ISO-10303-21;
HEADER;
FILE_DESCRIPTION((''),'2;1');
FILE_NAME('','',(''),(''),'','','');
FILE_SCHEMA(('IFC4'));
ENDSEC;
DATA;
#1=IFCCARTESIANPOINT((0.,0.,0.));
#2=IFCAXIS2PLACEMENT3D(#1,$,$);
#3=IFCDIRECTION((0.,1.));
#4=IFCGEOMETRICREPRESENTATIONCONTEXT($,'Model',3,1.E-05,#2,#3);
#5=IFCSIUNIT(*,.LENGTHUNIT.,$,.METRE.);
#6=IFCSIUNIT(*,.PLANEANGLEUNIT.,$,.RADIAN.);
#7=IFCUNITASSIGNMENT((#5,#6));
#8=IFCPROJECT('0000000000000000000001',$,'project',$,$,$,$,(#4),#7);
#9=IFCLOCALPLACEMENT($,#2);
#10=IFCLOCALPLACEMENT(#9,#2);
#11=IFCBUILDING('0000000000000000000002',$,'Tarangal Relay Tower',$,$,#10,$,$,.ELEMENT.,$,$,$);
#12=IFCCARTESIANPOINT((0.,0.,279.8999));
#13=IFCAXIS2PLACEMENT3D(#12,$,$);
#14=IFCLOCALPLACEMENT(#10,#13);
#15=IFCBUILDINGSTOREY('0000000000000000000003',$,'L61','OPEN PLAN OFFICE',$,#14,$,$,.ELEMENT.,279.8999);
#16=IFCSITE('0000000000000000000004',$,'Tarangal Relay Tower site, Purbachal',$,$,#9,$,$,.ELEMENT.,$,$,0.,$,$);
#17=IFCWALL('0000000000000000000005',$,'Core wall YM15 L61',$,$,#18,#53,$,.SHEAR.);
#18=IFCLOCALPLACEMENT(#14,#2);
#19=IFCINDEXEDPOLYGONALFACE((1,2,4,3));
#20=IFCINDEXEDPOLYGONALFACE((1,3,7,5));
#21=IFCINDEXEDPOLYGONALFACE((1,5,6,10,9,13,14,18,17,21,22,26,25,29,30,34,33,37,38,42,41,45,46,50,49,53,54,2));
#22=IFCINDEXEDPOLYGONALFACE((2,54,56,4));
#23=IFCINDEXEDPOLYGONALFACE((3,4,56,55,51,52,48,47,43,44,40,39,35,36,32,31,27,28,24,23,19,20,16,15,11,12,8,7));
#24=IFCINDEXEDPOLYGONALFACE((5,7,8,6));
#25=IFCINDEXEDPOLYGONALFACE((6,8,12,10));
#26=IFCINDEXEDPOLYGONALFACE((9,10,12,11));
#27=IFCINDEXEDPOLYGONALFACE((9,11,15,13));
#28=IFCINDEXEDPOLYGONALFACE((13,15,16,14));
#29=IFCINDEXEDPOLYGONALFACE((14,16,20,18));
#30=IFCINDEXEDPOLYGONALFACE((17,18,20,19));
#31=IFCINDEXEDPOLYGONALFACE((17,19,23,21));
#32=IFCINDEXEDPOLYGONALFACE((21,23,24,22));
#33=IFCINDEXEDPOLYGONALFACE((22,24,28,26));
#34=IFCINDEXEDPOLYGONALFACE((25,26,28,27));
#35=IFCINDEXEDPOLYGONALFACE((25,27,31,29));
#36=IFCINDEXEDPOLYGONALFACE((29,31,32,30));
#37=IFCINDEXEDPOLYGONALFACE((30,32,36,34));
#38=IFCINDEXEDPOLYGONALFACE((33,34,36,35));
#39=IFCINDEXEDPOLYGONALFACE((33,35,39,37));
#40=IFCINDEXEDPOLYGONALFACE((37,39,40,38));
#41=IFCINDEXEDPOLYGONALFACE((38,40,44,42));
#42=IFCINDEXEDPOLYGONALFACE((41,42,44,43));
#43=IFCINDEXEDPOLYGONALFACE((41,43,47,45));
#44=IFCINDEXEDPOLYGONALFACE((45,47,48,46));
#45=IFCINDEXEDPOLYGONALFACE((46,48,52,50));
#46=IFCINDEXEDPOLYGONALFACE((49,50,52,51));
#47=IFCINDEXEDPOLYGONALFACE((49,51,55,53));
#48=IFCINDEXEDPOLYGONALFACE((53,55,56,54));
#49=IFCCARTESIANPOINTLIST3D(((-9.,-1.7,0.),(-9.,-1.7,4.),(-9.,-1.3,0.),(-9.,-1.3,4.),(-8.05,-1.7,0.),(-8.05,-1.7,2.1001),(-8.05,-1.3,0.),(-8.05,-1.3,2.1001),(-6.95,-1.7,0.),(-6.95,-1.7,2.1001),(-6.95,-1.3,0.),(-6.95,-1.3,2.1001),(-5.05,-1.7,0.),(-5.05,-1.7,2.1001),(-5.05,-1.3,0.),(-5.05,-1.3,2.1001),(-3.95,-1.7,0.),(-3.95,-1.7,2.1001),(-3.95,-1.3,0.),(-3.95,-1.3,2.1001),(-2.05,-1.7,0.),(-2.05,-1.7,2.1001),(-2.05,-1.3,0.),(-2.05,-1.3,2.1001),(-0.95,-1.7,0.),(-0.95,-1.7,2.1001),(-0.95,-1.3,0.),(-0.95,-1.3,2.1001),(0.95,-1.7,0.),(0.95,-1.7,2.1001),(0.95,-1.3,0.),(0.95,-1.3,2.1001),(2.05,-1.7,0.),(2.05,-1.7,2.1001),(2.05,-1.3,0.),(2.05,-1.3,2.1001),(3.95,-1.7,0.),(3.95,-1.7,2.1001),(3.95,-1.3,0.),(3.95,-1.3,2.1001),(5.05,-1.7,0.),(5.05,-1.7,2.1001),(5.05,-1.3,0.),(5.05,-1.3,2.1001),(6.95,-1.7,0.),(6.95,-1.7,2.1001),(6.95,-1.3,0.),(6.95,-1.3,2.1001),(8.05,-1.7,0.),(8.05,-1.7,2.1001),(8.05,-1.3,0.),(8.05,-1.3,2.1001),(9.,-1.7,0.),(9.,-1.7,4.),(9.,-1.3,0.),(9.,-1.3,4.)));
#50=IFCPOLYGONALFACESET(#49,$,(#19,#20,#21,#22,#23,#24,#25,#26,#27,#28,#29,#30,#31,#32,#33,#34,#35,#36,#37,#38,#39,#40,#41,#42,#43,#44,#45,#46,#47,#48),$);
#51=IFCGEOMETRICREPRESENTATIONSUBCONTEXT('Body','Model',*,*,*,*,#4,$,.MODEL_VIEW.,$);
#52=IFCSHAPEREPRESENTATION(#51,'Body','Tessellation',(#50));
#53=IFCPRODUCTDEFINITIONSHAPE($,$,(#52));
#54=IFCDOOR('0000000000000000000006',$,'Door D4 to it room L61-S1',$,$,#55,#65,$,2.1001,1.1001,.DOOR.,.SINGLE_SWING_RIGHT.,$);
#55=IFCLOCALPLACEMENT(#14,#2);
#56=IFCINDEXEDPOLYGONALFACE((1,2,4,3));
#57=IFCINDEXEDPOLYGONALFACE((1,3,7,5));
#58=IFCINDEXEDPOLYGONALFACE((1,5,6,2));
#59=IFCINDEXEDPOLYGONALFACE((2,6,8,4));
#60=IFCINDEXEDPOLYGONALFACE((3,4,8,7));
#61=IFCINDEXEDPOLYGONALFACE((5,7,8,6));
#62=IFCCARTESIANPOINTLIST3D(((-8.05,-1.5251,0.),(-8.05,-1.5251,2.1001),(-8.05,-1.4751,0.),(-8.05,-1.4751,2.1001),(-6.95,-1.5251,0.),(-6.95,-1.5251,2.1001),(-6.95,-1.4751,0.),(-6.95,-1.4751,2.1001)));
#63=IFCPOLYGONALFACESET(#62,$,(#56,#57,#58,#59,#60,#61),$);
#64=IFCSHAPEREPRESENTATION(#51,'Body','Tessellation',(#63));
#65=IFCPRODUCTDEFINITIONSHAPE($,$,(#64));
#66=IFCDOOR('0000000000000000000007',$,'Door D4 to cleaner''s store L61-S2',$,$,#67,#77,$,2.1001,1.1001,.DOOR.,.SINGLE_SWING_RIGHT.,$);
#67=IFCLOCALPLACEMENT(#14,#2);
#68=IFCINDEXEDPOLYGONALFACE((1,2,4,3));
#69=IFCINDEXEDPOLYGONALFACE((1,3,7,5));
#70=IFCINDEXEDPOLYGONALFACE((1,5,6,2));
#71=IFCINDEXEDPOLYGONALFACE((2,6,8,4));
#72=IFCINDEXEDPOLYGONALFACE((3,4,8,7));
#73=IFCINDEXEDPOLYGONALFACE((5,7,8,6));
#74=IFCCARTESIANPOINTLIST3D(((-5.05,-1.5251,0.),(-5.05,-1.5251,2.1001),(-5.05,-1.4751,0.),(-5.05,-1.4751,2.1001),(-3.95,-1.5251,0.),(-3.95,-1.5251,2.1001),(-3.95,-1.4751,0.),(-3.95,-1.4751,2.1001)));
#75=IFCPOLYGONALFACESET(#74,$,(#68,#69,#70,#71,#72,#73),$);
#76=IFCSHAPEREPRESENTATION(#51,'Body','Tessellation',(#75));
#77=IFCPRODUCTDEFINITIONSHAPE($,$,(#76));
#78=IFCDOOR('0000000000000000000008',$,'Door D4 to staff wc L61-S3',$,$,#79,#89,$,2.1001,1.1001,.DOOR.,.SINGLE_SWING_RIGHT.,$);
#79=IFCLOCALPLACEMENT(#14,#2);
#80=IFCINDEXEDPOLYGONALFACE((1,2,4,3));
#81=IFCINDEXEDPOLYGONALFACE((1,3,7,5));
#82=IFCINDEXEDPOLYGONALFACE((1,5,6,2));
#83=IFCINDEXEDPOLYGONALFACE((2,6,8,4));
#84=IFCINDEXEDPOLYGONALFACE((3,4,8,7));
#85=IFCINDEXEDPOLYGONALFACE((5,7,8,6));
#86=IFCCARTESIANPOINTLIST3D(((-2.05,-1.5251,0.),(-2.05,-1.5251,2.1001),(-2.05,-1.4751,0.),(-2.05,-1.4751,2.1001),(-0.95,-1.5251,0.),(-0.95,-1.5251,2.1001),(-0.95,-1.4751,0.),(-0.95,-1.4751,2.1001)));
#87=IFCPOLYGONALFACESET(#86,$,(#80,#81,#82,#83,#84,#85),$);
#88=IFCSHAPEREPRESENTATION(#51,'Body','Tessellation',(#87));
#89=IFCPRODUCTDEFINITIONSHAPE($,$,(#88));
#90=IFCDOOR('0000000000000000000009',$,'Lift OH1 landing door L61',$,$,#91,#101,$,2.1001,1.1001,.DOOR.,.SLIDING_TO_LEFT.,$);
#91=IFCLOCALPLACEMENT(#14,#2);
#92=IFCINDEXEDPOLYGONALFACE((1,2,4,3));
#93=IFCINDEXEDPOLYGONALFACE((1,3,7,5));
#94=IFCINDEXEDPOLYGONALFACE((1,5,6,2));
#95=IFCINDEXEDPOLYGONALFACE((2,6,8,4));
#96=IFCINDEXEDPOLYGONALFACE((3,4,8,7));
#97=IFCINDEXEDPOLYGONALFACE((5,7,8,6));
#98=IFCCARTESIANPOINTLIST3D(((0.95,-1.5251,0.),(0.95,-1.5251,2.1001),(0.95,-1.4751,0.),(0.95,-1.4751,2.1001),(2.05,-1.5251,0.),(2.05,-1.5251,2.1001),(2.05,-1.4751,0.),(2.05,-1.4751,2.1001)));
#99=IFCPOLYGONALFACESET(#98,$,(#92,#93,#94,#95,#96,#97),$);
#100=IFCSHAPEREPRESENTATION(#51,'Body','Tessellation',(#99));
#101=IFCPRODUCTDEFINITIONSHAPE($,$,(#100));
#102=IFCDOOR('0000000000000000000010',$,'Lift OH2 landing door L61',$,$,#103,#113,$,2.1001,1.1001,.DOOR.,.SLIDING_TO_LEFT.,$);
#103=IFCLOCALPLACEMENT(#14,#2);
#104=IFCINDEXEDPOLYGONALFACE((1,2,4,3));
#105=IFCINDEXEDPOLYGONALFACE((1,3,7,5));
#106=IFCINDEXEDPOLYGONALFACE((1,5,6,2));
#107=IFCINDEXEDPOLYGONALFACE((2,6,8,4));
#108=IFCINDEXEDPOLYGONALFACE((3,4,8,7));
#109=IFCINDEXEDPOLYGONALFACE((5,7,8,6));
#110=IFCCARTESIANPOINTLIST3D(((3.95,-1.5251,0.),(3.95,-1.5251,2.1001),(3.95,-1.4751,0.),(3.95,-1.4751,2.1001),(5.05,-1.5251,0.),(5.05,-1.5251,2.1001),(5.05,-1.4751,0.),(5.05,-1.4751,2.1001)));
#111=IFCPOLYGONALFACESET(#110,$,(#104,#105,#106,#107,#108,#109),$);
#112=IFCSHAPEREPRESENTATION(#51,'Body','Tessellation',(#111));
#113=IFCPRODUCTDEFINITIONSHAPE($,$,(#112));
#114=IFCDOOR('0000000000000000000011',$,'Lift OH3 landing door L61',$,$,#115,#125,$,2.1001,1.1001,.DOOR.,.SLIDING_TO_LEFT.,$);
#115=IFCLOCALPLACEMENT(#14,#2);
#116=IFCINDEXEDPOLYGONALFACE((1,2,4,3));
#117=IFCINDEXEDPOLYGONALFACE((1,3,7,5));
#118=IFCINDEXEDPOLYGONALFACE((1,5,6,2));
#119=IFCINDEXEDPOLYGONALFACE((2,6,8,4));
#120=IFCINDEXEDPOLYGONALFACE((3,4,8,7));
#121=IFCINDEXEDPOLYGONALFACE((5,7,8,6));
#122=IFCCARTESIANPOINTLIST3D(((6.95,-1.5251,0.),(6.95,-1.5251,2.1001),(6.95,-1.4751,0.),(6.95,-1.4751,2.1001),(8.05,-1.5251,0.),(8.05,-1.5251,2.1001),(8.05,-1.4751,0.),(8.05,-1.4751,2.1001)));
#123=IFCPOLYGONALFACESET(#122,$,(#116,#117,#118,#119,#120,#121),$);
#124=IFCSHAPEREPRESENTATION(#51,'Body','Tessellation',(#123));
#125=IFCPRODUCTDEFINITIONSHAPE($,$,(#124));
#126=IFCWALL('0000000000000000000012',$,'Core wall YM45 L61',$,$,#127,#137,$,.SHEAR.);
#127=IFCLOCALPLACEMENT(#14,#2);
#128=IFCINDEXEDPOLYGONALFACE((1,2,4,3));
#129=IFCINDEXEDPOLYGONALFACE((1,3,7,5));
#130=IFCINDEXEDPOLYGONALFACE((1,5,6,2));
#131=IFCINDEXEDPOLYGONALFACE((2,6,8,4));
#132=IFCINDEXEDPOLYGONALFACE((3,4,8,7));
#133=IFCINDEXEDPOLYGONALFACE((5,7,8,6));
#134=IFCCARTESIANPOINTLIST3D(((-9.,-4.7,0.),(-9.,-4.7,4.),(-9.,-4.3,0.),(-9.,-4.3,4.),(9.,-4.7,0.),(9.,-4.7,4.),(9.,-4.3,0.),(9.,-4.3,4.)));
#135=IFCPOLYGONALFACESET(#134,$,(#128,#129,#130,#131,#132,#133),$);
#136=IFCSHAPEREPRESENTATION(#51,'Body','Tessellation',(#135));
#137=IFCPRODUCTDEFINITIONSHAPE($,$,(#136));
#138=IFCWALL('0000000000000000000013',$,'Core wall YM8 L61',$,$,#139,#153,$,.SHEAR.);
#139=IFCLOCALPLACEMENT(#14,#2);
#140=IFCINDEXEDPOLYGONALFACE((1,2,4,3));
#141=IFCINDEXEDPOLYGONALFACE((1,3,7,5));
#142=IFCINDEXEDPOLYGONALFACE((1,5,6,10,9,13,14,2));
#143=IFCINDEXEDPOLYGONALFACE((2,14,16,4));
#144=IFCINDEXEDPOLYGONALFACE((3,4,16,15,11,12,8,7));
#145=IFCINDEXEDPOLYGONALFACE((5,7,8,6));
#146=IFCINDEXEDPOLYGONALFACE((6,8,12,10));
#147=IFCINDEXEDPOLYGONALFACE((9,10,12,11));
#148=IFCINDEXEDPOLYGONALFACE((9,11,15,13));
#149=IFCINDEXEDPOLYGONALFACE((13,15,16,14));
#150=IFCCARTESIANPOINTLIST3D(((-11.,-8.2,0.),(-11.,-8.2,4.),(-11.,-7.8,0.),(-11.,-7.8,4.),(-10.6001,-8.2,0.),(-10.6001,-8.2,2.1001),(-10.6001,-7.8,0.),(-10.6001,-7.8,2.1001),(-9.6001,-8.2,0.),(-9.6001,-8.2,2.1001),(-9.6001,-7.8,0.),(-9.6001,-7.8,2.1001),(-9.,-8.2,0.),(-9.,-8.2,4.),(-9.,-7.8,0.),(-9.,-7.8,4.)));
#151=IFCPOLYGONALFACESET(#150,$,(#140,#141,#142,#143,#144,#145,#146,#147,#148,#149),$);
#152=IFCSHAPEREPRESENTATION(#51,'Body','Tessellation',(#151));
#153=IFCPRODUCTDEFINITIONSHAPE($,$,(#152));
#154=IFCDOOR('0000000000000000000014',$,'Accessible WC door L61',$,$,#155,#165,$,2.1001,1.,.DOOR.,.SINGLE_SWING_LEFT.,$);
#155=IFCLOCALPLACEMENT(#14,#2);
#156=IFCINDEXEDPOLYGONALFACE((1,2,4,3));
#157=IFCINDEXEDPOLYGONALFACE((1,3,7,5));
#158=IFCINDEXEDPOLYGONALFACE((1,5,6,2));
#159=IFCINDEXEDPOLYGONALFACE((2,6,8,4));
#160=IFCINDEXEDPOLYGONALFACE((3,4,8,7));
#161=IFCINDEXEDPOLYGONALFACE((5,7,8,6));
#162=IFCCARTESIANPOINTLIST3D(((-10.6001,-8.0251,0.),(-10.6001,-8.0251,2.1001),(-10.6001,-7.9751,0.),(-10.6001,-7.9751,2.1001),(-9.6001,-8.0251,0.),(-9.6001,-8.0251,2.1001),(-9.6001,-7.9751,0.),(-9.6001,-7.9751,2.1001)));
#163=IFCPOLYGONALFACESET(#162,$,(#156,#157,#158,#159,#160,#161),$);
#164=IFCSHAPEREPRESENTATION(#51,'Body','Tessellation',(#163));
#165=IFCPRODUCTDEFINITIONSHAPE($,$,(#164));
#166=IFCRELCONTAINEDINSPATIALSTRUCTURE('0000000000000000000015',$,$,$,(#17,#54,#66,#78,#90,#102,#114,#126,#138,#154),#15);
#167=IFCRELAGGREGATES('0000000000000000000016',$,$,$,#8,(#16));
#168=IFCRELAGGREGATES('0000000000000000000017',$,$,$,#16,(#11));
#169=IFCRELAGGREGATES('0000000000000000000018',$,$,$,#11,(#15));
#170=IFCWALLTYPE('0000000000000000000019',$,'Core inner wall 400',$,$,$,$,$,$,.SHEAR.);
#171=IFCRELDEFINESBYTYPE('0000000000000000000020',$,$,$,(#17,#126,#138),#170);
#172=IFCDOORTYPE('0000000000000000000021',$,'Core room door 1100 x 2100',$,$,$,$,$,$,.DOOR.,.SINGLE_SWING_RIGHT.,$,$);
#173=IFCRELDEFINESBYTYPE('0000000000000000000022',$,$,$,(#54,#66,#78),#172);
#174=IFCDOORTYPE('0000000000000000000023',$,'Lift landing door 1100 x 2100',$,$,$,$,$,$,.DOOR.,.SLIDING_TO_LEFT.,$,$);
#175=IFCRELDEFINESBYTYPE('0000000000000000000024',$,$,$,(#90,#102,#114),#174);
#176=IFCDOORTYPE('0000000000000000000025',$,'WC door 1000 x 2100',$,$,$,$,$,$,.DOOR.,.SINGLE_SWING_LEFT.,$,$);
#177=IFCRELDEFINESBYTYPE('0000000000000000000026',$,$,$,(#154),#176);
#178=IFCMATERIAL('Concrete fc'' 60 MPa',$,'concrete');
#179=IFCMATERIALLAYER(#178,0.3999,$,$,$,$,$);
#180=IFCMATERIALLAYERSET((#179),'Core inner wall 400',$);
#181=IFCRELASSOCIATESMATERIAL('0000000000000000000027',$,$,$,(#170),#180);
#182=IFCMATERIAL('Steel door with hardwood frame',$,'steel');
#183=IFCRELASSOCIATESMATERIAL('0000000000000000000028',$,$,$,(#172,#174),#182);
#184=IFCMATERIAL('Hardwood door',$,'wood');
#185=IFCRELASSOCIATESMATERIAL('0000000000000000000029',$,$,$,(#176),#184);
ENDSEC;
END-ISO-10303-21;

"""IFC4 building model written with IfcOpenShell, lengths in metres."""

from ifc_helpers import new_model, si_unit, direction, frame, frame_2d, origin, place, context, subcontext, project, spatial, rectangle, extrude, material, layer, layer_set, type_object, element, fill, save


model = new_model("IFC4")

# Units and contexts
model_context = context("Model", 3, precision=1e-05, world=origin(), true_north=direction((0.0, 1.0)))
body_context = subcontext(model_context, "Body", "Model", "MODEL_VIEW")
ifc_project = project(units=[si_unit("LENGTHUNIT", "METRE"), si_unit("PLANEANGLEUNIT", "RADIAN")], contexts=[model_context])

# Site, building, storey
site_placement = place(None, origin())
site = spatial("IfcSite", under=ifc_project, at=site_placement, Name="Tarangal Relay Tower site, Purbachal", CompositionType="ELEMENT", RefElevation=0.0)
building_placement = place(site_placement, origin())
building = spatial("IfcBuilding", under=site, at=building_placement, Name="Tarangal Relay Tower", CompositionType="ELEMENT")
storey_placement = place(building_placement, frame((0.0, 0.0, 279.8999)))
storey = spatial("IfcBuildingStorey", under=building, at=storey_placement, Name="L61", Description="OPEN PLAN OFFICE", CompositionType="ELEMENT", Elevation=279.8999)

# Wall, openings, doors
ifc_material_1 = material(Name="Concrete fc' 60 MPa", Category="concrete")
ifc_layer_1 = layer(ifc_material_1, 0.3999)
ifc_layer_set_1 = layer_set([ifc_layer_1], Name="Core inner wall 400")
wall_type_1 = type_object("IfcWallType", Name="Core inner wall 400", PredefinedType="SHEAR", material=ifc_layer_set_1)
wall_1_placement = place(storey_placement, frame((-9.0, -1.5, 0.0), z_axis=(0.0, 0.0, 1.0), x_axis=(1.0, 0.0, 0.0)))
wall_1 = element("IfcWall", 1, at=wall_1_placement, inside=storey, type_object=wall_type_1, Name="Core wall YM15 L61", PredefinedType="SHEAR", context=body_context, shape_type="SweptSolid", body=[
    extrude(rectangle(XDim=18.0, YDim=0.3999, at=frame_2d((9.0, 0.0))), origin(), (0.0, 0.0, 1.0), 4.0),
])
opening_1_placement = place(wall_1_placement, frame((9.95, 0.0, 0.0)))
opening_1 = element("IfcOpeningElement", 2, at=opening_1_placement, cuts=wall_1, PredefinedType="OPENING", context=body_context, shape_type="SweptSolid", body=[
    extrude(rectangle(XDim=1.1001, YDim=2.1001, at=frame_2d((0.55, 1.05))), frame((0.0, 0.21, 0.0), z_axis=(0.0, -1.0, 0.0), x_axis=(1.0, 0.0, 0.0)), (0.0, 0.0, 1.0), 0.4199),
])
opening_2_placement = place(wall_1_placement, frame((12.95, 0.0, 0.0)))
opening_2 = element("IfcOpeningElement", 3, at=opening_2_placement, cuts=wall_1, PredefinedType="OPENING", context=body_context, shape_type="SweptSolid", body=[
    extrude(rectangle(XDim=1.1001, YDim=2.1001, at=frame_2d((0.55, 1.05))), frame((0.0, 0.21, 0.0), z_axis=(0.0, -1.0, 0.0), x_axis=(1.0, 0.0, 0.0)), (0.0, 0.0, 1.0), 0.4199),
])
opening_3_placement = place(wall_1_placement, frame((15.95, 0.0, 0.0)))
opening_3 = element("IfcOpeningElement", 4, at=opening_3_placement, cuts=wall_1, PredefinedType="OPENING", context=body_context, shape_type="SweptSolid", body=[
    extrude(rectangle(XDim=1.1001, YDim=2.1001, at=frame_2d((0.55, 1.05))), frame((0.0, 0.21, 0.0), z_axis=(0.0, -1.0, 0.0), x_axis=(1.0, 0.0, 0.0)), (0.0, 0.0, 1.0), 0.4199),
])
opening_4_placement = place(wall_1_placement, frame((0.95, 0.0, 0.0)))
opening_4 = element("IfcOpeningElement", 5, at=opening_4_placement, cuts=wall_1, PredefinedType="OPENING", context=body_context, shape_type="SweptSolid", body=[
    extrude(rectangle(XDim=1.1001, YDim=2.1001, at=frame_2d((0.55, 1.05))), frame((0.0, 0.21, 0.0), z_axis=(0.0, -1.0, 0.0), x_axis=(1.0, 0.0, 0.0)), (0.0, 0.0, 1.0), 0.4199),
])
opening_5_placement = place(wall_1_placement, frame((3.95, 0.0, 0.0)))
opening_5 = element("IfcOpeningElement", 6, at=opening_5_placement, cuts=wall_1, PredefinedType="OPENING", context=body_context, shape_type="SweptSolid", body=[
    extrude(rectangle(XDim=1.1001, YDim=2.1001, at=frame_2d((0.55, 1.05))), frame((0.0, 0.21, 0.0), z_axis=(0.0, -1.0, 0.0), x_axis=(1.0, 0.0, 0.0)), (0.0, 0.0, 1.0), 0.4199),
])
opening_6_placement = place(wall_1_placement, frame((6.95, 0.0, 0.0)))
opening_6 = element("IfcOpeningElement", 7, at=opening_6_placement, cuts=wall_1, PredefinedType="OPENING", context=body_context, shape_type="SweptSolid", body=[
    extrude(rectangle(XDim=1.1001, YDim=2.1001, at=frame_2d((0.55, 1.05))), frame((0.0, 0.21, 0.0), z_axis=(0.0, -1.0, 0.0), x_axis=(1.0, 0.0, 0.0)), (0.0, 0.0, 1.0), 0.4199),
])
ifc_material_2 = material(Name="Steel door with hardwood frame", Category="steel")
door_type_1 = type_object("IfcDoorType", Name="Core room door 1100 x 2100", OperationType="SINGLE_SWING_RIGHT", PredefinedType="DOOR", material=ifc_material_2)
door_1_placement = place(opening_4_placement, origin())
door_1 = element("IfcDoor", 8, at=door_1_placement, inside=storey, type_object=door_type_1, Name="Door D4 to it room L61-S1", OperationType="SINGLE_SWING_RIGHT", OverallHeight=2.1001, OverallWidth=1.1001, PredefinedType="DOOR", context=body_context, shape_type="SweptSolid", body=[
    extrude(rectangle(XDim=1.1001, YDim=2.1001, at=frame_2d((0.55, 1.05))), frame((0.0, 0.0249, 0.0), z_axis=(0.0, -1.0, 0.0), x_axis=(1.0, 0.0, 0.0)), (0.0, 0.0, 1.0), 0.05),
])
fill(opening_4, door_1)
door_2_placement = place(opening_5_placement, origin())
door_2 = element("IfcDoor", 9, at=door_2_placement, inside=storey, type_object=door_type_1, Name="Door D4 to cleaner's store L61-S2", OperationType="SINGLE_SWING_RIGHT", OverallHeight=2.1001, OverallWidth=1.1001, PredefinedType="DOOR", context=body_context, shape_type="SweptSolid", body=[
    extrude(rectangle(XDim=1.1001, YDim=2.1001, at=frame_2d((0.55, 1.05))), frame((0.0, 0.0249, 0.0), z_axis=(0.0, -1.0, 0.0), x_axis=(1.0, 0.0, 0.0)), (0.0, 0.0, 1.0), 0.05),
])
fill(opening_5, door_2)
door_3_placement = place(opening_6_placement, origin())
door_3 = element("IfcDoor", 10, at=door_3_placement, inside=storey, type_object=door_type_1, Name="Door D4 to staff wc L61-S3", OperationType="SINGLE_SWING_RIGHT", OverallHeight=2.1001, OverallWidth=1.1001, PredefinedType="DOOR", context=body_context, shape_type="SweptSolid", body=[
    extrude(rectangle(XDim=1.1001, YDim=2.1001, at=frame_2d((0.55, 1.05))), frame((0.0, 0.0249, 0.0), z_axis=(0.0, -1.0, 0.0), x_axis=(1.0, 0.0, 0.0)), (0.0, 0.0, 1.0), 0.05),
])
fill(opening_6, door_3)
door_type_2 = type_object("IfcDoorType", Name="Lift landing door 1100 x 2100", OperationType="SLIDING_TO_LEFT", PredefinedType="DOOR", material=ifc_material_2)
door_4_placement = place(opening_1_placement, origin())
door_4 = element("IfcDoor", 11, at=door_4_placement, inside=storey, type_object=door_type_2, Name="Lift OH1 landing door L61", OperationType="SLIDING_TO_LEFT", OverallHeight=2.1001, OverallWidth=1.1001, PredefinedType="DOOR", context=body_context, shape_type="SweptSolid", body=[
    extrude(rectangle(XDim=1.1001, YDim=2.1001, at=frame_2d((0.55, 1.05))), frame((0.0, 0.0249, 0.0), z_axis=(0.0, -1.0, 0.0), x_axis=(1.0, 0.0, 0.0)), (0.0, 0.0, 1.0), 0.05),
])
fill(opening_1, door_4)
door_5_placement = place(opening_2_placement, origin())
door_5 = element("IfcDoor", 12, at=door_5_placement, inside=storey, type_object=door_type_2, Name="Lift OH2 landing door L61", OperationType="SLIDING_TO_LEFT", OverallHeight=2.1001, OverallWidth=1.1001, PredefinedType="DOOR", context=body_context, shape_type="SweptSolid", body=[
    extrude(rectangle(XDim=1.1001, YDim=2.1001, at=frame_2d((0.55, 1.05))), frame((0.0, 0.0249, 0.0), z_axis=(0.0, -1.0, 0.0), x_axis=(1.0, 0.0, 0.0)), (0.0, 0.0, 1.0), 0.05),
])
fill(opening_2, door_5)
door_6_placement = place(opening_3_placement, origin())
door_6 = element("IfcDoor", 13, at=door_6_placement, inside=storey, type_object=door_type_2, Name="Lift OH3 landing door L61", OperationType="SLIDING_TO_LEFT", OverallHeight=2.1001, OverallWidth=1.1001, PredefinedType="DOOR", context=body_context, shape_type="SweptSolid", body=[
    extrude(rectangle(XDim=1.1001, YDim=2.1001, at=frame_2d((0.55, 1.05))), frame((0.0, 0.0249, 0.0), z_axis=(0.0, -1.0, 0.0), x_axis=(1.0, 0.0, 0.0)), (0.0, 0.0, 1.0), 0.05),
])
fill(opening_3, door_6)

# Wall
wall_2_placement = place(storey_placement, frame((-9.0, -4.5, 0.0), z_axis=(0.0, 0.0, 1.0), x_axis=(1.0, 0.0, 0.0)))
element("IfcWall", 14, at=wall_2_placement, inside=storey, type_object=wall_type_1, Name="Core wall YM45 L61", PredefinedType="SHEAR", context=body_context, shape_type="SweptSolid", body=[
    extrude(rectangle(XDim=18.0, YDim=0.3999, at=frame_2d((9.0, 0.0))), origin(), (0.0, 0.0, 1.0), 4.0),
])

# Wall, opening, door
wall_3_placement = place(storey_placement, frame((-11.0, -8.0, 0.0), z_axis=(0.0, 0.0, 1.0), x_axis=(1.0, 0.0, 0.0)))
wall_3 = element("IfcWall", 15, at=wall_3_placement, inside=storey, type_object=wall_type_1, Name="Core wall YM8 L61", PredefinedType="SHEAR", context=body_context, shape_type="SweptSolid", body=[
    extrude(rectangle(XDim=2.0, YDim=0.3999, at=frame_2d((1.0, 0.0))), origin(), (0.0, 0.0, 1.0), 4.0),
])
opening_7_placement = place(wall_3_placement, frame((0.3999, 0.0, 0.0)))
opening_7 = element("IfcOpeningElement", 16, at=opening_7_placement, cuts=wall_3, PredefinedType="OPENING", context=body_context, shape_type="SweptSolid", body=[
    extrude(rectangle(XDim=1.0, YDim=2.1001, at=frame_2d((0.5, 1.05))), frame((0.0, 0.21, 0.0), z_axis=(0.0, -1.0, 0.0), x_axis=(1.0, 0.0, 0.0)), (0.0, 0.0, 1.0), 0.4199),
])
ifc_material_3 = material(Name="Hardwood door", Category="wood")
door_type_3 = type_object("IfcDoorType", Name="WC door 1000 x 2100", OperationType="SINGLE_SWING_LEFT", PredefinedType="DOOR", material=ifc_material_3)
door_7_placement = place(opening_7_placement, origin())
door_7 = element("IfcDoor", 17, at=door_7_placement, inside=storey, type_object=door_type_3, Name="Accessible WC door L61", OperationType="SINGLE_SWING_LEFT", OverallHeight=2.1001, OverallWidth=1.0, PredefinedType="DOOR", context=body_context, shape_type="SweptSolid", body=[
    extrude(rectangle(XDim=1.0, YDim=2.1001, at=frame_2d((0.5, 1.05))), frame((0.0, 0.0249, 0.0), z_axis=(0.0, -1.0, 0.0), x_axis=(1.0, 0.0, 0.0)), (0.0, 0.0, 1.0), 0.05),
])
fill(opening_7, door_7)

save(model, "model.ifc")
